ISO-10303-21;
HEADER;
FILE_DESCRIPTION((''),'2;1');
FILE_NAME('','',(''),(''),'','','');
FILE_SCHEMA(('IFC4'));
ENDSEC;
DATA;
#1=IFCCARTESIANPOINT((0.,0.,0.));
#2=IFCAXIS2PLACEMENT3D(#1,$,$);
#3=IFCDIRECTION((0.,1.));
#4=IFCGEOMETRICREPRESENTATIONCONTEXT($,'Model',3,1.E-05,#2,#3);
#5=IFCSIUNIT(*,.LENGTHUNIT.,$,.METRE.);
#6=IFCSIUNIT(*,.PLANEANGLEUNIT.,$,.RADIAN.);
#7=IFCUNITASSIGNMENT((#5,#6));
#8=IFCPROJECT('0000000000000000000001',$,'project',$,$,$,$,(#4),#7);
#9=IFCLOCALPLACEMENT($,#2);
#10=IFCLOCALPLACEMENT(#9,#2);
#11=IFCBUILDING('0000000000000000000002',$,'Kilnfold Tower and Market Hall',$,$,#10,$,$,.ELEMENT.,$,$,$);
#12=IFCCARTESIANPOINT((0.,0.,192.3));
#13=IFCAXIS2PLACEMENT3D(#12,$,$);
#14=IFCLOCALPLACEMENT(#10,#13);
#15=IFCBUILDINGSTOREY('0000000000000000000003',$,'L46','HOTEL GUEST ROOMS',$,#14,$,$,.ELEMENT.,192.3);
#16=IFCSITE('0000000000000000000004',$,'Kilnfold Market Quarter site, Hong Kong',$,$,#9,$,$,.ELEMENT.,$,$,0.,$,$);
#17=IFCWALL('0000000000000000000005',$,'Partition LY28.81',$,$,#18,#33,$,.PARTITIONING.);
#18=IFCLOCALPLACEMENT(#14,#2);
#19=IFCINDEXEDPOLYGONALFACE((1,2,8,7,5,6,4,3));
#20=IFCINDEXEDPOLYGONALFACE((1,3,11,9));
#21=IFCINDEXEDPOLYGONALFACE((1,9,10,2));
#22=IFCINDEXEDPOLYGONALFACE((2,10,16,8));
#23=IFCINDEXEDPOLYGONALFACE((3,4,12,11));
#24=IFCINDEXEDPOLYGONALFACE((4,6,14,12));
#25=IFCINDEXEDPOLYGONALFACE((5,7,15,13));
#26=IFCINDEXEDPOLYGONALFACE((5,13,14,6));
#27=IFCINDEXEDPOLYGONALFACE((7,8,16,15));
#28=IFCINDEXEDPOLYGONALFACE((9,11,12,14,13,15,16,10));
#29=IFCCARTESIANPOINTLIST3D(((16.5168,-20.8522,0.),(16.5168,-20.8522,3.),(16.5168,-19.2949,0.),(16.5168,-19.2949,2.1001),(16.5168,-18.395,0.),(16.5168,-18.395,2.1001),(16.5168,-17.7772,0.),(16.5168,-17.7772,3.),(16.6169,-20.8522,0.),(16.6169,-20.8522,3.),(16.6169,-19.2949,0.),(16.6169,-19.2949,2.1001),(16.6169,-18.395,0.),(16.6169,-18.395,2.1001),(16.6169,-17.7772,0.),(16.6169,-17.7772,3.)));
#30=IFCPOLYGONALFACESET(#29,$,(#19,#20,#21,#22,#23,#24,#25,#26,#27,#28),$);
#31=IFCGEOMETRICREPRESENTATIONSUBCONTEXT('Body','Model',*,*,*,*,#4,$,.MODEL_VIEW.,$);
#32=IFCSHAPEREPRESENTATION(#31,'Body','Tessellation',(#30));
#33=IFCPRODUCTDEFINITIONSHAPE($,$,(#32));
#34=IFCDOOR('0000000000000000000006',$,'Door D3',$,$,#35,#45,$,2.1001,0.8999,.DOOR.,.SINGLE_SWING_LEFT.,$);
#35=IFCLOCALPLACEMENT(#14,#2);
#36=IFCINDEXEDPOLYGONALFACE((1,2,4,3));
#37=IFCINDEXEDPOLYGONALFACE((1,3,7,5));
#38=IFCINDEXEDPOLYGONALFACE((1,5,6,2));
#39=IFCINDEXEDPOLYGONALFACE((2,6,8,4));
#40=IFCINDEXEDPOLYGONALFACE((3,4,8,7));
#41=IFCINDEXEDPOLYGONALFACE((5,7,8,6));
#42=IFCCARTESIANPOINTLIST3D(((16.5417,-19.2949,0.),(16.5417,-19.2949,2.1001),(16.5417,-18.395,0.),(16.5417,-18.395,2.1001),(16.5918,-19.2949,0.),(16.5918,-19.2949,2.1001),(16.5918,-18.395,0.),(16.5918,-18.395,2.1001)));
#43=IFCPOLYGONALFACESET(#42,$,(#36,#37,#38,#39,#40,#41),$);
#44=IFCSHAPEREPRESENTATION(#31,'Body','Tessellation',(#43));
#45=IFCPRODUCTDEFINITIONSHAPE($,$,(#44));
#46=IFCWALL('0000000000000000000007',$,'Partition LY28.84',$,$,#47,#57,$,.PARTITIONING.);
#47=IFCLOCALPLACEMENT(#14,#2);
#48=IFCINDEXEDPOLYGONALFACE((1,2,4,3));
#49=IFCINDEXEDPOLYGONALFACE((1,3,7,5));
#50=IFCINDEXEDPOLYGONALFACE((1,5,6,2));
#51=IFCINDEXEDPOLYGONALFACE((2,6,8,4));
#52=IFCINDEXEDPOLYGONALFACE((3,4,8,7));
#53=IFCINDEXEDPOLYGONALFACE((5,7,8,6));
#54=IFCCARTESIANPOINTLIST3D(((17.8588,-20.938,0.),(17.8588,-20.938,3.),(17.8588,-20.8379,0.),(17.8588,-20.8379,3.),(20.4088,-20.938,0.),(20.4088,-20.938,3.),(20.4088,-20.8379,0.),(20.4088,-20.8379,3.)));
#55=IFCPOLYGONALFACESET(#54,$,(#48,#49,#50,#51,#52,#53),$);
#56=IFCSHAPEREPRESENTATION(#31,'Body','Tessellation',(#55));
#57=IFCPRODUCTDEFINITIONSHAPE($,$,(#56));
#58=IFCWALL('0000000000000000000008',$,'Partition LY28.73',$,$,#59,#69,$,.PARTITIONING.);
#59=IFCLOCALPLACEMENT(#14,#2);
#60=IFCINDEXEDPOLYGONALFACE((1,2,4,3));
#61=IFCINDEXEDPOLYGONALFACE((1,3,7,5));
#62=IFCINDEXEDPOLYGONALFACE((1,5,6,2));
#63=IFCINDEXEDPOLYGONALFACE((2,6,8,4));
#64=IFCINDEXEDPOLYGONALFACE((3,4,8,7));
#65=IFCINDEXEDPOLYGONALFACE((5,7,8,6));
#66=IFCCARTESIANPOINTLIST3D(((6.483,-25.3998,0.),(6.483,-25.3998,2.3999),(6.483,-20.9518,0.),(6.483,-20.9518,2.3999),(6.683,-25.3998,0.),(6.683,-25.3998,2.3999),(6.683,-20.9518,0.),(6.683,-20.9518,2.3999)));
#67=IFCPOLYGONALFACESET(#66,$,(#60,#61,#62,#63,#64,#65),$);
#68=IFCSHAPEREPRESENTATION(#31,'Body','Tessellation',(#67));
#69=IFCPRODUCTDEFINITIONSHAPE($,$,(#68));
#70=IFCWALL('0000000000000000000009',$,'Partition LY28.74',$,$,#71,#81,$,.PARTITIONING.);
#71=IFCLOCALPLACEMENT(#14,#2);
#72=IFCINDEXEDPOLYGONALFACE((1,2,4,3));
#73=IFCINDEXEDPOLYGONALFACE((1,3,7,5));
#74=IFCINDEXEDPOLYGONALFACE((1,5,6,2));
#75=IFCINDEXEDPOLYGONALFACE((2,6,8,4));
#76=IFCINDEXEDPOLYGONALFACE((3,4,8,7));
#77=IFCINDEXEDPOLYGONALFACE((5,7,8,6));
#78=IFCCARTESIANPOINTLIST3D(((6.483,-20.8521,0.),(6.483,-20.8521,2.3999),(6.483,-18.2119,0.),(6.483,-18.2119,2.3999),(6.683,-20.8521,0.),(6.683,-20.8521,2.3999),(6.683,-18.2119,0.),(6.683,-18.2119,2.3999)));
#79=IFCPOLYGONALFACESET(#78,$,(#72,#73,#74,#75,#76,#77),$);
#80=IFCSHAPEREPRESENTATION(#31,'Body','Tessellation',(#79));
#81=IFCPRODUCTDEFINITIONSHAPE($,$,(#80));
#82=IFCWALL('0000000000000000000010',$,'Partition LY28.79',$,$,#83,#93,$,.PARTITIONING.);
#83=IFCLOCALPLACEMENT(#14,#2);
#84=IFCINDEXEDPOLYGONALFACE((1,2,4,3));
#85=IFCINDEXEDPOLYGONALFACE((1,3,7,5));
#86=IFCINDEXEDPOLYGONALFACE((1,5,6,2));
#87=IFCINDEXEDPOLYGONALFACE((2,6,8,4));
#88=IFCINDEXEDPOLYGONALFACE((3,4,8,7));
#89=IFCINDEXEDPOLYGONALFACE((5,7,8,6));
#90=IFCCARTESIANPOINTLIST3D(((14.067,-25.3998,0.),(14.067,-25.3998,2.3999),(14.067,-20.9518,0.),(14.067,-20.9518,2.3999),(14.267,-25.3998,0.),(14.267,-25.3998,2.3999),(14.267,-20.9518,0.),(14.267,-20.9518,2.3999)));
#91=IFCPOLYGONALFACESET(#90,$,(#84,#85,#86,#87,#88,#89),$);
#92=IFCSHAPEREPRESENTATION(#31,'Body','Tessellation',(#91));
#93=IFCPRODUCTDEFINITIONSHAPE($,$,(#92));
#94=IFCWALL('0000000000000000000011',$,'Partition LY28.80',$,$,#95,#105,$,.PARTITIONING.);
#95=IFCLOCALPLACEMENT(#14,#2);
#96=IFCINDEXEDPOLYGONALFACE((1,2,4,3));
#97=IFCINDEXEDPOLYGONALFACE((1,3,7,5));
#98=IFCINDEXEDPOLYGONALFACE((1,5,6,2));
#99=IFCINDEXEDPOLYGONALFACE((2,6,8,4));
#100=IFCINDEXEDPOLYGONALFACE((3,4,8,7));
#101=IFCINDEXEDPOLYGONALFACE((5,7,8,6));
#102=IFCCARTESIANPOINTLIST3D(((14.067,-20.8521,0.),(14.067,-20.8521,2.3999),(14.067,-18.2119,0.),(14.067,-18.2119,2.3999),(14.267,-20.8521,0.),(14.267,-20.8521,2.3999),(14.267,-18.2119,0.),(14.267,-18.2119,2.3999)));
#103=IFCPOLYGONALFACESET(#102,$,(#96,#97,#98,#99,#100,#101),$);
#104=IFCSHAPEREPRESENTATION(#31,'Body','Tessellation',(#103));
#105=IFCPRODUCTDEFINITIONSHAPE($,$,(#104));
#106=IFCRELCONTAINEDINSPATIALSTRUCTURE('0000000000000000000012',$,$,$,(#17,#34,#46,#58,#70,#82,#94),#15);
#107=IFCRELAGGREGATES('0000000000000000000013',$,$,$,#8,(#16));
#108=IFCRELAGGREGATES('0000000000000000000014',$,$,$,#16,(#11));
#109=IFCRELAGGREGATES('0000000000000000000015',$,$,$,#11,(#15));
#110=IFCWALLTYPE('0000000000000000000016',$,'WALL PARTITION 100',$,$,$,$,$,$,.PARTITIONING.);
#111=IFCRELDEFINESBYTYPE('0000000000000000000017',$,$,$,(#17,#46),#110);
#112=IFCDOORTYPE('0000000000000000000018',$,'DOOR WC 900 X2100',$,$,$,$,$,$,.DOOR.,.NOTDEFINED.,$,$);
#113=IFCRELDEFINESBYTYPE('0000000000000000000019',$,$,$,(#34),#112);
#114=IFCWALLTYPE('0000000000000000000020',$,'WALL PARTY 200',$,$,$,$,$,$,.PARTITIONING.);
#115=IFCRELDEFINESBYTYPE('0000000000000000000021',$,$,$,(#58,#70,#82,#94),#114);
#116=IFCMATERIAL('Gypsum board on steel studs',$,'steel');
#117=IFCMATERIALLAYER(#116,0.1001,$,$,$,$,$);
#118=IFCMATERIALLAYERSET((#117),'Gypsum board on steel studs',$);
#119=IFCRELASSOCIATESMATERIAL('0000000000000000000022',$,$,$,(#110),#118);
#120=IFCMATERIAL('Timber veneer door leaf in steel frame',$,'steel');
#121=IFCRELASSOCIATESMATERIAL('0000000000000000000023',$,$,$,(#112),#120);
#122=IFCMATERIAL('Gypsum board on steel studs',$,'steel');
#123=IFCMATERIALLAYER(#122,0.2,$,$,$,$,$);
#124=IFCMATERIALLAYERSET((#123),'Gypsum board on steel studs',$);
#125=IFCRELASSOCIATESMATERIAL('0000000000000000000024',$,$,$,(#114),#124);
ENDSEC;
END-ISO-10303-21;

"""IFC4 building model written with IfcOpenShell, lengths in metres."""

from ifc_helpers import new_model, si_unit, direction, frame, frame_2d, origin, place, context, subcontext, project, spatial, rectangle, extrude, material, layer, layer_set, type_object, element, fill, save


model = new_model("IFC4")

# Units and contexts
model_context = context("Model", 3, precision=1e-05, world=origin(), true_north=direction((0.0, 1.0)))
body_context = subcontext(model_context, "Body", "Model", "MODEL_VIEW")
ifc_project = project(units=[si_unit("LENGTHUNIT", "METRE"), si_unit("PLANEANGLEUNIT", "RADIAN")], contexts=[model_context])

# Site, building, storey
site_placement = place(None, origin())
site = spatial("IfcSite", under=ifc_project, at=site_placement, Name="Kilnfold Market Quarter site, Hong Kong", CompositionType="ELEMENT", RefElevation=0.0)
building_placement = place(site_placement, origin())
building = spatial("IfcBuilding", under=site, at=building_placement, Name="Kilnfold Tower and Market Hall", CompositionType="ELEMENT")
storey_placement = place(building_placement, frame((0.0, 0.0, 192.3)))
storey = spatial("IfcBuildingStorey", under=building, at=storey_placement, Name="L46", Description="HOTEL GUEST ROOMS", CompositionType="ELEMENT", Elevation=192.3)

# Shared definitions
ifc_material_1 = material(Name="Gypsum board on steel studs", Category="steel")
ifc_layer_1 = layer(ifc_material_1, 0.1001)
ifc_layer_set_1 = layer_set([ifc_layer_1], Name="Gypsum board on steel studs")
wall_type_1 = type_object("IfcWallType", Name="WALL PARTITION 100", PredefinedType="PARTITIONING", material=ifc_layer_set_1)
ifc_material_2 = material(Name="Timber veneer door leaf in steel frame", Category="steel")
door_type = type_object("IfcDoorType", Name="DOOR WC 900 X2100", OperationType="NOTDEFINED", PredefinedType="DOOR", material=ifc_material_2)

# Wall, opening, door
wall_1_placement = place(storey_placement, frame((16.5669, -17.7771, 0.0), z_axis=(0.0, 0.0, 1.0), x_axis=(0.0, -1.0, 0.0)))
wall_1 = element("IfcWall", 1, at=wall_1_placement, inside=storey, type_object=wall_type_1, Name="Partition LY28.81", PredefinedType="PARTITIONING", context=body_context, shape_type="SweptSolid", body=[
    extrude(rectangle(XDim=3.075, YDim=0.1001, at=frame_2d((1.5376, 0.0))), origin(), (0.0, 0.0, 1.0), 3.0),
])
opening_1_placement = place(wall_1_placement, frame((0.6179, 0.0, 0.0)))
opening_1 = element("IfcOpeningElement", 2, at=opening_1_placement, cuts=wall_1, PredefinedType="OPENING", context=body_context, shape_type="SweptSolid", body=[
    extrude(rectangle(XDim=0.8999, YDim=2.1001, at=frame_2d((0.45, 1.05))), frame((0.0, 0.0601, 0.0), z_axis=(0.0, -1.0, 0.0), x_axis=(1.0, 0.0, 0.0)), (0.0, 0.0, 1.0), 0.1201),
])
door_1_placement = place(opening_1_placement, origin())
door_1 = element("IfcDoor", 3, at=door_1_placement, inside=storey, type_object=door_type, Name="Door D3", OperationType="SINGLE_SWING_LEFT", OverallHeight=2.1001, OverallWidth=0.8999, PredefinedType="DOOR", context=body_context, shape_type="SweptSolid", body=[
    extrude(rectangle(XDim=0.8999, YDim=2.1001, at=frame_2d((0.45, 1.05))), frame((0.0, 0.0249, 0.0), z_axis=(0.0, -1.0, 0.0), x_axis=(1.0, 0.0, 0.0)), (0.0, 0.0, 1.0), 0.05),
])
fill(opening_1, door_1)

# Walls
wall_2_placement = place(storey_placement, frame((17.8589, -20.8879, 0.0), z_axis=(0.0, 0.0, 1.0), x_axis=(1.0, 0.0, 0.0)))
element("IfcWall", 4, at=wall_2_placement, inside=storey, type_object=wall_type_1, Name="Partition LY28.84", PredefinedType="PARTITIONING", context=body_context, shape_type="SweptSolid", body=[
    extrude(rectangle(XDim=2.55, YDim=0.1001, at=frame_2d((1.2749, 0.0))), origin(), (0.0, 0.0, 1.0), 3.0),
])
ifc_material_3 = material(Name="Gypsum board on steel studs", Category="steel")
ifc_layer_2 = layer(ifc_material_3, 0.2)
ifc_layer_set_2 = layer_set([ifc_layer_2], Name="Gypsum board on steel studs")
wall_type_2 = type_object("IfcWallType", Name="WALL PARTY 200", PredefinedType="PARTITIONING", material=ifc_layer_set_2)
wall_3_placement = place(storey_placement, frame((6.583, -25.3999, 0.0), z_axis=(0.0, 0.0, 1.0), x_axis=(0.0, 1.0, 0.0)))
element("IfcWall", 5, at=wall_3_placement, inside=storey, type_object=wall_type_2, Name="Partition LY28.73", PredefinedType="PARTITIONING", context=body_context, shape_type="SweptSolid", body=[
    extrude(rectangle(XDim=4.448, YDim=0.2, at=frame_2d((2.2241, 0.0))), origin(), (0.0, 0.0, 1.0), 2.3999),
])
wall_4_placement = place(storey_placement, frame((6.583, -20.8521, 0.0), z_axis=(0.0, 0.0, 1.0), x_axis=(0.0, 1.0, 0.0)))
element("IfcWall", 6, at=wall_4_placement, inside=storey, type_object=wall_type_2, Name="Partition LY28.74", PredefinedType="PARTITIONING", context=body_context, shape_type="SweptSolid", body=[
    extrude(rectangle(XDim=2.6401, YDim=0.2, at=frame_2d((1.3201, 0.0))), origin(), (0.0, 0.0, 1.0), 2.3999),
])
wall_5_placement = place(storey_placement, frame((14.167, -25.3999, 0.0), z_axis=(0.0, 0.0, 1.0), x_axis=(0.0, 1.0, 0.0)))
element("IfcWall", 7, at=wall_5_placement, inside=storey, type_object=wall_type_2, Name="Partition LY28.79", PredefinedType="PARTITIONING", context=body_context, shape_type="SweptSolid", body=[
    extrude(rectangle(XDim=4.448, YDim=0.2, at=frame_2d((2.2241, 0.0))), origin(), (0.0, 0.0, 1.0), 2.3999),
])
wall_6_placement = place(storey_placement, frame((14.167, -20.8521, 0.0), z_axis=(0.0, 0.0, 1.0), x_axis=(0.0, 1.0, 0.0)))
element("IfcWall", 8, at=wall_6_placement, inside=storey, type_object=wall_type_2, Name="Partition LY28.80", PredefinedType="PARTITIONING", context=body_context, shape_type="SweptSolid", body=[
    extrude(rectangle(XDim=2.6401, YDim=0.2, at=frame_2d((1.3201, 0.0))), origin(), (0.0, 0.0, 1.0), 2.3999),
])

save(model, "model.ifc")
